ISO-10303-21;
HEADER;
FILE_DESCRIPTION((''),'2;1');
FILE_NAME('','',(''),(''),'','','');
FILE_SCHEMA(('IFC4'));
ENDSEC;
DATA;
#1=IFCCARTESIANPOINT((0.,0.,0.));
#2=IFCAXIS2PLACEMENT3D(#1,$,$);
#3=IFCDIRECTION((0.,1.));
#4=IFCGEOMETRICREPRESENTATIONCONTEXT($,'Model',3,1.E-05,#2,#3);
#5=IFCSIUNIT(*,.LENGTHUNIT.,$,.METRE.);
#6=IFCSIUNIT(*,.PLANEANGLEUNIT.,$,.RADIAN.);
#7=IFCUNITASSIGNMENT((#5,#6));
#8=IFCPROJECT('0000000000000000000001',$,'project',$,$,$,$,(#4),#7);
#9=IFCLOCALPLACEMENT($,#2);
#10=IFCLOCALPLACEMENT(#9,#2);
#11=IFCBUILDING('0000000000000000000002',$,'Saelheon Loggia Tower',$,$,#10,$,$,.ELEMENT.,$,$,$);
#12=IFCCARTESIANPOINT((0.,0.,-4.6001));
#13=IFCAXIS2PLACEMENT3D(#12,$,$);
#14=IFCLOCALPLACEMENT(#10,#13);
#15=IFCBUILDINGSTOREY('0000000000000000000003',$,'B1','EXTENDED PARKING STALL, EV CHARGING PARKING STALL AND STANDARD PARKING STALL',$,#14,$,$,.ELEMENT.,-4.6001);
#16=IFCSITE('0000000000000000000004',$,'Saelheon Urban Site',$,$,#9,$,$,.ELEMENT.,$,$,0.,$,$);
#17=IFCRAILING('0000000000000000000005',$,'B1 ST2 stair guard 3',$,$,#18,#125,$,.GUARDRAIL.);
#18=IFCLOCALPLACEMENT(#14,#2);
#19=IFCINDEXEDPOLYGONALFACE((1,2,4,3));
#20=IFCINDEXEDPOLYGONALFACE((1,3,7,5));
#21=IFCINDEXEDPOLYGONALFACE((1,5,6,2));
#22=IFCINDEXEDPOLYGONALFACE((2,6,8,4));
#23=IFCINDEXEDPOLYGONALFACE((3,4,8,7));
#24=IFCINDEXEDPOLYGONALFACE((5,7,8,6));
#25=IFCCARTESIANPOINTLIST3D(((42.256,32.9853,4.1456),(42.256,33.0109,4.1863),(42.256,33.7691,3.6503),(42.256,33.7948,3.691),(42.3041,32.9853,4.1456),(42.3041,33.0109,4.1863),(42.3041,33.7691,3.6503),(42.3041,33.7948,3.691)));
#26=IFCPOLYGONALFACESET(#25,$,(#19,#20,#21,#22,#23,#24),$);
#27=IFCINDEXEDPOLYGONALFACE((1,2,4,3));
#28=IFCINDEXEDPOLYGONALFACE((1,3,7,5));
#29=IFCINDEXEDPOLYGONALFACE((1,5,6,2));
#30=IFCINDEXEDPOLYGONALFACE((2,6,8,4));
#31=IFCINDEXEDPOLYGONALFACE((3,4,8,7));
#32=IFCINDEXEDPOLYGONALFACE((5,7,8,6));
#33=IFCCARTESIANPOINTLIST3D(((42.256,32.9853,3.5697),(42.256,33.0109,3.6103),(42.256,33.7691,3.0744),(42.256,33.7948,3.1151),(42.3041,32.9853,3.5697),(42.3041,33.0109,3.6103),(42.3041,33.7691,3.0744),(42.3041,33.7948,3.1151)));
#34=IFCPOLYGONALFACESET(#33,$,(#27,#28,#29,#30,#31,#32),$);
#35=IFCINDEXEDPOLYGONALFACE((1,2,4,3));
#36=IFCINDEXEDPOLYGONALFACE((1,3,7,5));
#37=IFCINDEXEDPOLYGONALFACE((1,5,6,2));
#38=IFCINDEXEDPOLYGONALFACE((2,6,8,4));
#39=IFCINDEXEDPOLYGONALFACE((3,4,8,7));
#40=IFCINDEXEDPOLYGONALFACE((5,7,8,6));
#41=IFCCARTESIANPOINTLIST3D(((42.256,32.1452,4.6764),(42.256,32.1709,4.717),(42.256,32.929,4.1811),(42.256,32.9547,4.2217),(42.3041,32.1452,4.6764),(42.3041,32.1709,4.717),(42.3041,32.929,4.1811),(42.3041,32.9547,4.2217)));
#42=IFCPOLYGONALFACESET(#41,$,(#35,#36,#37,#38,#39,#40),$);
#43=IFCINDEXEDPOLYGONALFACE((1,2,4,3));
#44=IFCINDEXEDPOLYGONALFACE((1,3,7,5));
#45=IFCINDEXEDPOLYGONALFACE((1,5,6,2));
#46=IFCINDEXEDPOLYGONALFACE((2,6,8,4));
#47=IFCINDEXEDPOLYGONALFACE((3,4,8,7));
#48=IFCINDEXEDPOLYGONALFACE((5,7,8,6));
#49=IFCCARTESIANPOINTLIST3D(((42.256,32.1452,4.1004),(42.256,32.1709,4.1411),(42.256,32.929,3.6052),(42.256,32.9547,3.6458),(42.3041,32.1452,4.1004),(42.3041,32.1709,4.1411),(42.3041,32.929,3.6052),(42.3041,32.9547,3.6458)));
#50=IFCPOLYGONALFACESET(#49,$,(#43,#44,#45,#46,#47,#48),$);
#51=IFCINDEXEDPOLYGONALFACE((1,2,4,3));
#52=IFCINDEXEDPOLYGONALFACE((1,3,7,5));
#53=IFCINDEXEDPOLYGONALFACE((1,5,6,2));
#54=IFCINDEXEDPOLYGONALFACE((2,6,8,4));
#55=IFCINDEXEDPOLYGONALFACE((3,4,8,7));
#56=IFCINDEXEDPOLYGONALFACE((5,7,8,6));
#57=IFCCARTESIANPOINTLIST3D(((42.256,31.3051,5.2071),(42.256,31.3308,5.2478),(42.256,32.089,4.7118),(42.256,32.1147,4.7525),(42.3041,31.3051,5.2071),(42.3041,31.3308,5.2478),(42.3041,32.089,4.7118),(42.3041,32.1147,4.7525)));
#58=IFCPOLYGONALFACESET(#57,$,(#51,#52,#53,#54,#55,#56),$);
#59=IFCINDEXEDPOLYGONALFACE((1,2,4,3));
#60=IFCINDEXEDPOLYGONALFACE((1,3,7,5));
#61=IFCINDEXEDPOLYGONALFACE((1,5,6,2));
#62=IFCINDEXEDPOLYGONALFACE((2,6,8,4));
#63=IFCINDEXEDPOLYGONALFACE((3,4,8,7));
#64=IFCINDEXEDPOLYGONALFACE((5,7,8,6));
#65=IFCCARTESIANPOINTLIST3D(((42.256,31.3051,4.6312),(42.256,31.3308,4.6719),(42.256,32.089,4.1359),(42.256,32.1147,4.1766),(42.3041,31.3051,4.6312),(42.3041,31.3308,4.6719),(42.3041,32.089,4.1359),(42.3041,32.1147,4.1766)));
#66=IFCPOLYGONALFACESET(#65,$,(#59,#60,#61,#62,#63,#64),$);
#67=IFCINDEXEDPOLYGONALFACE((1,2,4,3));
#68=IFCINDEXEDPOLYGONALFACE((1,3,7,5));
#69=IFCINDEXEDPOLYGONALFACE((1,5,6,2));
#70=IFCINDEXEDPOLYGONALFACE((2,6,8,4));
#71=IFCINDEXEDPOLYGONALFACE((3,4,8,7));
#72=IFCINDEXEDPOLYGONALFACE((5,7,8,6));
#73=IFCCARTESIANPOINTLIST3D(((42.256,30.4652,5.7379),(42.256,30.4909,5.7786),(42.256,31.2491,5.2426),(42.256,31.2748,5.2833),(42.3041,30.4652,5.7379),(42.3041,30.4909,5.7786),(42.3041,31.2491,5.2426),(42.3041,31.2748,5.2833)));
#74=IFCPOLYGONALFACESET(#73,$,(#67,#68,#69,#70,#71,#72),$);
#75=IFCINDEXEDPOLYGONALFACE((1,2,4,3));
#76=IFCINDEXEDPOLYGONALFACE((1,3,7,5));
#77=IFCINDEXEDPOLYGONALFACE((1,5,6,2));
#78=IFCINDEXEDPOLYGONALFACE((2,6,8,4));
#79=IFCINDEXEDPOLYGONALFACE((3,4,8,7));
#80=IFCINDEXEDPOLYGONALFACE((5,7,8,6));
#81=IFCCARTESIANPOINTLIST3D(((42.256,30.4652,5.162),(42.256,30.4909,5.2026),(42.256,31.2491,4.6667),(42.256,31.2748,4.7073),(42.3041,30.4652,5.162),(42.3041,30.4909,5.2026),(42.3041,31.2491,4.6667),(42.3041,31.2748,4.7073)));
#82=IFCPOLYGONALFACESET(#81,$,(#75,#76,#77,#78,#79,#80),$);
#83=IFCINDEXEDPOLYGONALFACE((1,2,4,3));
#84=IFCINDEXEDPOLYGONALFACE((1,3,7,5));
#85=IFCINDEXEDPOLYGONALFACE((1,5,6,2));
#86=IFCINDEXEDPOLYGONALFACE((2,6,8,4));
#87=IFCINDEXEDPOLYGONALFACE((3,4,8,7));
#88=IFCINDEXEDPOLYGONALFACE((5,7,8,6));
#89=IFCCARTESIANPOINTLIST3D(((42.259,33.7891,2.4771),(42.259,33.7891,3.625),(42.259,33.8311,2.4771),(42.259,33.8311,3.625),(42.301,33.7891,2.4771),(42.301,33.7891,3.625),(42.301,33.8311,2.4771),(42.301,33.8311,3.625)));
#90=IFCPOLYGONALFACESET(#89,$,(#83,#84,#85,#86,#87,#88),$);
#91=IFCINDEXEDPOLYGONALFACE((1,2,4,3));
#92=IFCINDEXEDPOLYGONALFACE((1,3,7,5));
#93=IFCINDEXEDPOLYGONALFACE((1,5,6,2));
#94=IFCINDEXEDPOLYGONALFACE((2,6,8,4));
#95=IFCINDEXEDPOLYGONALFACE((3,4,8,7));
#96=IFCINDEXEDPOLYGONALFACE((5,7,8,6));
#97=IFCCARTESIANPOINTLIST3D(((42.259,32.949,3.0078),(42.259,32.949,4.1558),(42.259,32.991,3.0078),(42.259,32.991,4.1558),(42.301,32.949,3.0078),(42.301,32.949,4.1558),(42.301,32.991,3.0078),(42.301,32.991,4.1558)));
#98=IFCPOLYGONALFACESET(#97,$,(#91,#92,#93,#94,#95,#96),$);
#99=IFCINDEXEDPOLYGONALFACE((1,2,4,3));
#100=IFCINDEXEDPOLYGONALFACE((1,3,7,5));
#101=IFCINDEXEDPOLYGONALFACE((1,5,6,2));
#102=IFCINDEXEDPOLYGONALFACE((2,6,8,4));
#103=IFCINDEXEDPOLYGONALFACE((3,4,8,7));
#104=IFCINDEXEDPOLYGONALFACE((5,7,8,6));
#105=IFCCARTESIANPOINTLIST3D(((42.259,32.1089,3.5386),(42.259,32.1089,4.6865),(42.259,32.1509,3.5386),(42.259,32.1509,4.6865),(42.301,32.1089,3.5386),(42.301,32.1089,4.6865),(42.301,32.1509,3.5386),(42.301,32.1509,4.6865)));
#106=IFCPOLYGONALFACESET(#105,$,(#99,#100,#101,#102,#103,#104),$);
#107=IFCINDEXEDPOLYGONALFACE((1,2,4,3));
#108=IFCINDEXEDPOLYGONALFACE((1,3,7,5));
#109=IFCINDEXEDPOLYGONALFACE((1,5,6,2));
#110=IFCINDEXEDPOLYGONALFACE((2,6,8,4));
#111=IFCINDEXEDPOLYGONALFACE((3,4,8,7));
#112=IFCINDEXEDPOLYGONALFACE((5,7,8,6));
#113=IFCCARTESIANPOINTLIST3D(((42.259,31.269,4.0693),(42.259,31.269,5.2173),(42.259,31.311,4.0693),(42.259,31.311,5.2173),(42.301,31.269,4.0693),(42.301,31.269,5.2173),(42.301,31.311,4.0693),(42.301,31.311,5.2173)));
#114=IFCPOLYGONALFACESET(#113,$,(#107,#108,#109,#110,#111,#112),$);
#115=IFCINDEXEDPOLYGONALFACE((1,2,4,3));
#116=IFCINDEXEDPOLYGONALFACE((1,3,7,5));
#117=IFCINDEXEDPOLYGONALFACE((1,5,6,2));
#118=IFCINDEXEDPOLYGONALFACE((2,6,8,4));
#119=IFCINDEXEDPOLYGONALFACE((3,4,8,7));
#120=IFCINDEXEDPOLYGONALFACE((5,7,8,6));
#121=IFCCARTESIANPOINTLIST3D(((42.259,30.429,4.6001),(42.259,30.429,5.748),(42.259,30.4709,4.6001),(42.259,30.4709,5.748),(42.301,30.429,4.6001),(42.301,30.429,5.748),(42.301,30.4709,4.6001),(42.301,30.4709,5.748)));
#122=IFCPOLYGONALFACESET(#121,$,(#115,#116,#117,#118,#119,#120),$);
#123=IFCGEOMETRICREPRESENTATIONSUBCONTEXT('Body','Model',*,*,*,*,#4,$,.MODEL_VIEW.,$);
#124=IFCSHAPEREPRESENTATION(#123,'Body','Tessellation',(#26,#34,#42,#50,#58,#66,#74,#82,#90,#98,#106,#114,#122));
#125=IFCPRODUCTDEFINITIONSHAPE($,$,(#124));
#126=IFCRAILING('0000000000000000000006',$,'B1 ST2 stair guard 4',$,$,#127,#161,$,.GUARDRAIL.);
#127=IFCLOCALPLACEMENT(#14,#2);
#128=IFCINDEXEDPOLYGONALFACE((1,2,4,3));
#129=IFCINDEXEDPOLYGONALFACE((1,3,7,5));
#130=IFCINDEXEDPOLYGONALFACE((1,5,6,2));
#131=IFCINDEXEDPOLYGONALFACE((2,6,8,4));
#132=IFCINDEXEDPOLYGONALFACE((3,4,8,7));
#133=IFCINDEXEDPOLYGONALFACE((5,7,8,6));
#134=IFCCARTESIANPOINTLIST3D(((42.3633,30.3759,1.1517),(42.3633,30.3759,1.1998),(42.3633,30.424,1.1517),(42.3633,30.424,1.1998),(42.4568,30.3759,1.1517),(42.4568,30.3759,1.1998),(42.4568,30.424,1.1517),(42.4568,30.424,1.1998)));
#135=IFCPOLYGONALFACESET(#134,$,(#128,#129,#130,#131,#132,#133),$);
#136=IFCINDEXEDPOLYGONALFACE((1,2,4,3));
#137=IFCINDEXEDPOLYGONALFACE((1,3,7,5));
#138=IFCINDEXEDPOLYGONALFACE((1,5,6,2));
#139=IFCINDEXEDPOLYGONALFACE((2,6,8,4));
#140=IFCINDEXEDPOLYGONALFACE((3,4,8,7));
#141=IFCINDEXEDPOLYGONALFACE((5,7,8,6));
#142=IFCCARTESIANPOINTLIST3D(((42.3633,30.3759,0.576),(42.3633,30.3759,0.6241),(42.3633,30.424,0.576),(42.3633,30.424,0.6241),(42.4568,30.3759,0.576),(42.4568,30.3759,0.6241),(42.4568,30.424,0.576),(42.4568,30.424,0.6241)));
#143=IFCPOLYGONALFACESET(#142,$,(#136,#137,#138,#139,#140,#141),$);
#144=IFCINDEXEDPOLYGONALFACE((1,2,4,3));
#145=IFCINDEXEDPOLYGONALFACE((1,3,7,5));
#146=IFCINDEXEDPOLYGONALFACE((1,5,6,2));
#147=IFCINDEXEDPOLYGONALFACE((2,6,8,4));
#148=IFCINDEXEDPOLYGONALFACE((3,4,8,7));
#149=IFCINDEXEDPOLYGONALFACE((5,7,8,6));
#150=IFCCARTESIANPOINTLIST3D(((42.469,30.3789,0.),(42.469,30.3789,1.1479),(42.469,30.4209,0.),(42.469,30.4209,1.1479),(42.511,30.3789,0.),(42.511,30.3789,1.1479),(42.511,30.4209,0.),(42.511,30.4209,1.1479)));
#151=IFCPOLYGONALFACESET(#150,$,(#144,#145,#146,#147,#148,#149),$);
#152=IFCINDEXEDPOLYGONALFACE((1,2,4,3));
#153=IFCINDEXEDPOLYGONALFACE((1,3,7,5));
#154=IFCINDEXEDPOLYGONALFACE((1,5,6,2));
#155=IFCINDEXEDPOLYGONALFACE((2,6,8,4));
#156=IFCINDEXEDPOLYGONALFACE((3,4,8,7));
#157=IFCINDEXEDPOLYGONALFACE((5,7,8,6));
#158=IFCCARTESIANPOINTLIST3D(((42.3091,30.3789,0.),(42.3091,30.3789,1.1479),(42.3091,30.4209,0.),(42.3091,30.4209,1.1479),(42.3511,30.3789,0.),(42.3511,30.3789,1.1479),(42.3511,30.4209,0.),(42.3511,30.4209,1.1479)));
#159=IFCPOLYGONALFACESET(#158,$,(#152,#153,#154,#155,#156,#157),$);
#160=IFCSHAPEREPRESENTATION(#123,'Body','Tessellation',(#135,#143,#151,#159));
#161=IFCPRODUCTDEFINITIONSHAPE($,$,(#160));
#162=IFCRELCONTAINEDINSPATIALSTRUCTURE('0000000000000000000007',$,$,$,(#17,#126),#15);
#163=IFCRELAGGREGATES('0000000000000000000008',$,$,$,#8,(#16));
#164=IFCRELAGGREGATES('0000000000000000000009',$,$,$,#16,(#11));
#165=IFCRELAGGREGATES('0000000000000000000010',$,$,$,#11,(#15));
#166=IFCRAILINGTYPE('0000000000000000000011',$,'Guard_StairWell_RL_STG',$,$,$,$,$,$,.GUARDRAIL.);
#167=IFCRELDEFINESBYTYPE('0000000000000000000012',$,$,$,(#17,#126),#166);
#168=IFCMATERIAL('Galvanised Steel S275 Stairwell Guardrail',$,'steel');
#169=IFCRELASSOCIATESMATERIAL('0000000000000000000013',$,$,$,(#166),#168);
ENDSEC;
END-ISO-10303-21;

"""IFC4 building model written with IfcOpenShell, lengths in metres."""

from ifc_helpers import new_model, si_unit, direction, frame, origin, origin_2d, place, context, subcontext, project, spatial, rectangle, extrude, material, type_object, element, save


model = new_model("IFC4")

# Units and contexts
model_context = context("Model", 3, precision=1e-05, world=origin(), true_north=direction((0.0, 1.0)))
body_context = subcontext(model_context, "Body", "Model", "MODEL_VIEW")
ifc_project = project(units=[si_unit("LENGTHUNIT", "METRE"), si_unit("PLANEANGLEUNIT", "RADIAN")], contexts=[model_context])

# Site, building, storey
site_placement = place(None, origin())
site = spatial("IfcSite", under=ifc_project, at=site_placement, Name="Saelheon Urban Site", CompositionType="ELEMENT", RefElevation=0.0)
building_placement = place(site_placement, origin())
building = spatial("IfcBuilding", under=site, at=building_placement, Name="Saelheon Loggia Tower", CompositionType="ELEMENT")
storey_placement = place(building_placement, frame((0.0, 0.0, -4.6001)))
storey = spatial("IfcBuildingStorey", under=building, at=storey_placement, Name="B1", Description="EXTENDED PARKING STALL, EV CHARGING PARKING STALL AND STANDARD PARKING STALL", CompositionType="ELEMENT", Elevation=-4.6001)

# Railings
ifc_material_1 = material(Name="Galvanised Steel S275 Stairwell Guardrail", Category="steel")
railing_type_1 = type_object("IfcRailingType", Name="Guard_StairWell_RL_STG", PredefinedType="GUARDRAIL", material=ifc_material_1)
railing_1_placement = place(storey_placement, frame((42.28, 33.8101, 2.4771)))
element("IfcRailing", 1, at=railing_1_placement, inside=storey, type_object=railing_type_1, Name="B1 ST2 stair guard 3", PredefinedType="GUARDRAIL", context=body_context, shape_type="SweptSolid", body=[
    extrude(rectangle(XDim=0.0481, YDim=0.0481, at=origin_2d()), frame((0.0, -0.0281, 1.1936), z_axis=(0.0, -0.84539, 0.53415), x_axis=(1.0, 0.0, 0.0)), (0.0, 0.0, 1.0), 0.9272),
    extrude(rectangle(XDim=0.0481, YDim=0.0481, at=origin_2d()), frame((0.0, -0.0281, 0.6177), z_axis=(0.0, -0.84539, 0.53415), x_axis=(1.0, 0.0, 0.0)), (0.0, 0.0, 1.0), 0.9272),
    extrude(rectangle(XDim=0.0481, YDim=0.0481, at=origin_2d()), frame((0.0, -0.8682, 1.7244), z_axis=(0.0, -0.84539, 0.53415), x_axis=(1.0, 0.0, 0.0)), (0.0, 0.0, 1.0), 0.9272),
    extrude(rectangle(XDim=0.0481, YDim=0.0481, at=origin_2d()), frame((0.0, -0.8682, 1.1484), z_axis=(0.0, -0.84539, 0.53415), x_axis=(1.0, 0.0, 0.0)), (0.0, 0.0, 1.0), 0.9272),
    extrude(rectangle(XDim=0.0481, YDim=0.0481, at=origin_2d()), frame((0.0, -1.7083, 2.2551), z_axis=(0.0, -0.84539, 0.53415), x_axis=(1.0, 0.0, 0.0)), (0.0, 0.0, 1.0), 0.9272),
    extrude(rectangle(XDim=0.0481, YDim=0.0481, at=origin_2d()), frame((0.0, -1.7083, 1.6792), z_axis=(0.0, -0.84539, 0.53415), x_axis=(1.0, 0.0, 0.0)), (0.0, 0.0, 1.0), 0.9272),
    extrude(rectangle(XDim=0.0481, YDim=0.0481, at=origin_2d()), frame((0.0, -2.5481, 2.7859), z_axis=(0.0, -0.84539, 0.53415), x_axis=(1.0, 0.0, 0.0)), (0.0, 0.0, 1.0), 0.9272),
    extrude(rectangle(XDim=0.0481, YDim=0.0481, at=origin_2d()), frame((0.0, -2.5481, 2.21), z_axis=(0.0, -0.84539, 0.53415), x_axis=(1.0, 0.0, 0.0)), (0.0, 0.0, 1.0), 0.9272),
    extrude(rectangle(XDim=0.042, YDim=0.042, at=origin_2d()), origin(), (0.0, 0.0, 1.0), 1.1479),
    extrude(rectangle(XDim=0.042, YDim=0.042, at=origin_2d()), frame((0.0, -0.8401, 0.5308)), (0.0, 0.0, 1.0), 1.1479),
    extrude(rectangle(XDim=0.042, YDim=0.042, at=origin_2d()), frame((0.0, -1.6802, 1.0615)), (0.0, 0.0, 1.0), 1.1479),
    extrude(rectangle(XDim=0.042, YDim=0.042, at=origin_2d()), frame((0.0, -2.52, 1.5923)), (0.0, 0.0, 1.0), 1.1479),
    extrude(rectangle(XDim=0.042, YDim=0.042, at=origin_2d()), frame((0.0, -3.3601, 2.123)), (0.0, 0.0, 1.0), 1.1479),
])
railing_2_placement = place(storey_placement, frame((42.49, 30.3999, 0.0)))
element("IfcRailing", 2, at=railing_2_placement, inside=storey, type_object=railing_type_1, Name="B1 ST2 stair guard 4", PredefinedType="GUARDRAIL", context=body_context, shape_type="SweptSolid", body=[
    extrude(rectangle(XDim=0.0481, YDim=0.0481, at=origin_2d()), frame((-0.0332, 0.0, 1.1758), z_axis=(-1.0, 0.0, 0.0), x_axis=(0.0, -1.0, 0.0)), (0.0, 0.0, 1.0), 0.0935),
    extrude(rectangle(XDim=0.0481, YDim=0.0481, at=origin_2d()), frame((-0.0332, 0.0, 0.6001), z_axis=(-1.0, 0.0, 0.0), x_axis=(0.0, -1.0, 0.0)), (0.0, 0.0, 1.0), 0.0935),
    extrude(rectangle(XDim=0.042, YDim=0.042, at=origin_2d()), origin(), (0.0, 0.0, 1.0), 1.1479),
    extrude(rectangle(XDim=0.042, YDim=0.042, at=origin_2d()), frame((-0.1599, 0.0, 0.0)), (0.0, 0.0, 1.0), 1.1479),
])

save(model, "model.ifc")
